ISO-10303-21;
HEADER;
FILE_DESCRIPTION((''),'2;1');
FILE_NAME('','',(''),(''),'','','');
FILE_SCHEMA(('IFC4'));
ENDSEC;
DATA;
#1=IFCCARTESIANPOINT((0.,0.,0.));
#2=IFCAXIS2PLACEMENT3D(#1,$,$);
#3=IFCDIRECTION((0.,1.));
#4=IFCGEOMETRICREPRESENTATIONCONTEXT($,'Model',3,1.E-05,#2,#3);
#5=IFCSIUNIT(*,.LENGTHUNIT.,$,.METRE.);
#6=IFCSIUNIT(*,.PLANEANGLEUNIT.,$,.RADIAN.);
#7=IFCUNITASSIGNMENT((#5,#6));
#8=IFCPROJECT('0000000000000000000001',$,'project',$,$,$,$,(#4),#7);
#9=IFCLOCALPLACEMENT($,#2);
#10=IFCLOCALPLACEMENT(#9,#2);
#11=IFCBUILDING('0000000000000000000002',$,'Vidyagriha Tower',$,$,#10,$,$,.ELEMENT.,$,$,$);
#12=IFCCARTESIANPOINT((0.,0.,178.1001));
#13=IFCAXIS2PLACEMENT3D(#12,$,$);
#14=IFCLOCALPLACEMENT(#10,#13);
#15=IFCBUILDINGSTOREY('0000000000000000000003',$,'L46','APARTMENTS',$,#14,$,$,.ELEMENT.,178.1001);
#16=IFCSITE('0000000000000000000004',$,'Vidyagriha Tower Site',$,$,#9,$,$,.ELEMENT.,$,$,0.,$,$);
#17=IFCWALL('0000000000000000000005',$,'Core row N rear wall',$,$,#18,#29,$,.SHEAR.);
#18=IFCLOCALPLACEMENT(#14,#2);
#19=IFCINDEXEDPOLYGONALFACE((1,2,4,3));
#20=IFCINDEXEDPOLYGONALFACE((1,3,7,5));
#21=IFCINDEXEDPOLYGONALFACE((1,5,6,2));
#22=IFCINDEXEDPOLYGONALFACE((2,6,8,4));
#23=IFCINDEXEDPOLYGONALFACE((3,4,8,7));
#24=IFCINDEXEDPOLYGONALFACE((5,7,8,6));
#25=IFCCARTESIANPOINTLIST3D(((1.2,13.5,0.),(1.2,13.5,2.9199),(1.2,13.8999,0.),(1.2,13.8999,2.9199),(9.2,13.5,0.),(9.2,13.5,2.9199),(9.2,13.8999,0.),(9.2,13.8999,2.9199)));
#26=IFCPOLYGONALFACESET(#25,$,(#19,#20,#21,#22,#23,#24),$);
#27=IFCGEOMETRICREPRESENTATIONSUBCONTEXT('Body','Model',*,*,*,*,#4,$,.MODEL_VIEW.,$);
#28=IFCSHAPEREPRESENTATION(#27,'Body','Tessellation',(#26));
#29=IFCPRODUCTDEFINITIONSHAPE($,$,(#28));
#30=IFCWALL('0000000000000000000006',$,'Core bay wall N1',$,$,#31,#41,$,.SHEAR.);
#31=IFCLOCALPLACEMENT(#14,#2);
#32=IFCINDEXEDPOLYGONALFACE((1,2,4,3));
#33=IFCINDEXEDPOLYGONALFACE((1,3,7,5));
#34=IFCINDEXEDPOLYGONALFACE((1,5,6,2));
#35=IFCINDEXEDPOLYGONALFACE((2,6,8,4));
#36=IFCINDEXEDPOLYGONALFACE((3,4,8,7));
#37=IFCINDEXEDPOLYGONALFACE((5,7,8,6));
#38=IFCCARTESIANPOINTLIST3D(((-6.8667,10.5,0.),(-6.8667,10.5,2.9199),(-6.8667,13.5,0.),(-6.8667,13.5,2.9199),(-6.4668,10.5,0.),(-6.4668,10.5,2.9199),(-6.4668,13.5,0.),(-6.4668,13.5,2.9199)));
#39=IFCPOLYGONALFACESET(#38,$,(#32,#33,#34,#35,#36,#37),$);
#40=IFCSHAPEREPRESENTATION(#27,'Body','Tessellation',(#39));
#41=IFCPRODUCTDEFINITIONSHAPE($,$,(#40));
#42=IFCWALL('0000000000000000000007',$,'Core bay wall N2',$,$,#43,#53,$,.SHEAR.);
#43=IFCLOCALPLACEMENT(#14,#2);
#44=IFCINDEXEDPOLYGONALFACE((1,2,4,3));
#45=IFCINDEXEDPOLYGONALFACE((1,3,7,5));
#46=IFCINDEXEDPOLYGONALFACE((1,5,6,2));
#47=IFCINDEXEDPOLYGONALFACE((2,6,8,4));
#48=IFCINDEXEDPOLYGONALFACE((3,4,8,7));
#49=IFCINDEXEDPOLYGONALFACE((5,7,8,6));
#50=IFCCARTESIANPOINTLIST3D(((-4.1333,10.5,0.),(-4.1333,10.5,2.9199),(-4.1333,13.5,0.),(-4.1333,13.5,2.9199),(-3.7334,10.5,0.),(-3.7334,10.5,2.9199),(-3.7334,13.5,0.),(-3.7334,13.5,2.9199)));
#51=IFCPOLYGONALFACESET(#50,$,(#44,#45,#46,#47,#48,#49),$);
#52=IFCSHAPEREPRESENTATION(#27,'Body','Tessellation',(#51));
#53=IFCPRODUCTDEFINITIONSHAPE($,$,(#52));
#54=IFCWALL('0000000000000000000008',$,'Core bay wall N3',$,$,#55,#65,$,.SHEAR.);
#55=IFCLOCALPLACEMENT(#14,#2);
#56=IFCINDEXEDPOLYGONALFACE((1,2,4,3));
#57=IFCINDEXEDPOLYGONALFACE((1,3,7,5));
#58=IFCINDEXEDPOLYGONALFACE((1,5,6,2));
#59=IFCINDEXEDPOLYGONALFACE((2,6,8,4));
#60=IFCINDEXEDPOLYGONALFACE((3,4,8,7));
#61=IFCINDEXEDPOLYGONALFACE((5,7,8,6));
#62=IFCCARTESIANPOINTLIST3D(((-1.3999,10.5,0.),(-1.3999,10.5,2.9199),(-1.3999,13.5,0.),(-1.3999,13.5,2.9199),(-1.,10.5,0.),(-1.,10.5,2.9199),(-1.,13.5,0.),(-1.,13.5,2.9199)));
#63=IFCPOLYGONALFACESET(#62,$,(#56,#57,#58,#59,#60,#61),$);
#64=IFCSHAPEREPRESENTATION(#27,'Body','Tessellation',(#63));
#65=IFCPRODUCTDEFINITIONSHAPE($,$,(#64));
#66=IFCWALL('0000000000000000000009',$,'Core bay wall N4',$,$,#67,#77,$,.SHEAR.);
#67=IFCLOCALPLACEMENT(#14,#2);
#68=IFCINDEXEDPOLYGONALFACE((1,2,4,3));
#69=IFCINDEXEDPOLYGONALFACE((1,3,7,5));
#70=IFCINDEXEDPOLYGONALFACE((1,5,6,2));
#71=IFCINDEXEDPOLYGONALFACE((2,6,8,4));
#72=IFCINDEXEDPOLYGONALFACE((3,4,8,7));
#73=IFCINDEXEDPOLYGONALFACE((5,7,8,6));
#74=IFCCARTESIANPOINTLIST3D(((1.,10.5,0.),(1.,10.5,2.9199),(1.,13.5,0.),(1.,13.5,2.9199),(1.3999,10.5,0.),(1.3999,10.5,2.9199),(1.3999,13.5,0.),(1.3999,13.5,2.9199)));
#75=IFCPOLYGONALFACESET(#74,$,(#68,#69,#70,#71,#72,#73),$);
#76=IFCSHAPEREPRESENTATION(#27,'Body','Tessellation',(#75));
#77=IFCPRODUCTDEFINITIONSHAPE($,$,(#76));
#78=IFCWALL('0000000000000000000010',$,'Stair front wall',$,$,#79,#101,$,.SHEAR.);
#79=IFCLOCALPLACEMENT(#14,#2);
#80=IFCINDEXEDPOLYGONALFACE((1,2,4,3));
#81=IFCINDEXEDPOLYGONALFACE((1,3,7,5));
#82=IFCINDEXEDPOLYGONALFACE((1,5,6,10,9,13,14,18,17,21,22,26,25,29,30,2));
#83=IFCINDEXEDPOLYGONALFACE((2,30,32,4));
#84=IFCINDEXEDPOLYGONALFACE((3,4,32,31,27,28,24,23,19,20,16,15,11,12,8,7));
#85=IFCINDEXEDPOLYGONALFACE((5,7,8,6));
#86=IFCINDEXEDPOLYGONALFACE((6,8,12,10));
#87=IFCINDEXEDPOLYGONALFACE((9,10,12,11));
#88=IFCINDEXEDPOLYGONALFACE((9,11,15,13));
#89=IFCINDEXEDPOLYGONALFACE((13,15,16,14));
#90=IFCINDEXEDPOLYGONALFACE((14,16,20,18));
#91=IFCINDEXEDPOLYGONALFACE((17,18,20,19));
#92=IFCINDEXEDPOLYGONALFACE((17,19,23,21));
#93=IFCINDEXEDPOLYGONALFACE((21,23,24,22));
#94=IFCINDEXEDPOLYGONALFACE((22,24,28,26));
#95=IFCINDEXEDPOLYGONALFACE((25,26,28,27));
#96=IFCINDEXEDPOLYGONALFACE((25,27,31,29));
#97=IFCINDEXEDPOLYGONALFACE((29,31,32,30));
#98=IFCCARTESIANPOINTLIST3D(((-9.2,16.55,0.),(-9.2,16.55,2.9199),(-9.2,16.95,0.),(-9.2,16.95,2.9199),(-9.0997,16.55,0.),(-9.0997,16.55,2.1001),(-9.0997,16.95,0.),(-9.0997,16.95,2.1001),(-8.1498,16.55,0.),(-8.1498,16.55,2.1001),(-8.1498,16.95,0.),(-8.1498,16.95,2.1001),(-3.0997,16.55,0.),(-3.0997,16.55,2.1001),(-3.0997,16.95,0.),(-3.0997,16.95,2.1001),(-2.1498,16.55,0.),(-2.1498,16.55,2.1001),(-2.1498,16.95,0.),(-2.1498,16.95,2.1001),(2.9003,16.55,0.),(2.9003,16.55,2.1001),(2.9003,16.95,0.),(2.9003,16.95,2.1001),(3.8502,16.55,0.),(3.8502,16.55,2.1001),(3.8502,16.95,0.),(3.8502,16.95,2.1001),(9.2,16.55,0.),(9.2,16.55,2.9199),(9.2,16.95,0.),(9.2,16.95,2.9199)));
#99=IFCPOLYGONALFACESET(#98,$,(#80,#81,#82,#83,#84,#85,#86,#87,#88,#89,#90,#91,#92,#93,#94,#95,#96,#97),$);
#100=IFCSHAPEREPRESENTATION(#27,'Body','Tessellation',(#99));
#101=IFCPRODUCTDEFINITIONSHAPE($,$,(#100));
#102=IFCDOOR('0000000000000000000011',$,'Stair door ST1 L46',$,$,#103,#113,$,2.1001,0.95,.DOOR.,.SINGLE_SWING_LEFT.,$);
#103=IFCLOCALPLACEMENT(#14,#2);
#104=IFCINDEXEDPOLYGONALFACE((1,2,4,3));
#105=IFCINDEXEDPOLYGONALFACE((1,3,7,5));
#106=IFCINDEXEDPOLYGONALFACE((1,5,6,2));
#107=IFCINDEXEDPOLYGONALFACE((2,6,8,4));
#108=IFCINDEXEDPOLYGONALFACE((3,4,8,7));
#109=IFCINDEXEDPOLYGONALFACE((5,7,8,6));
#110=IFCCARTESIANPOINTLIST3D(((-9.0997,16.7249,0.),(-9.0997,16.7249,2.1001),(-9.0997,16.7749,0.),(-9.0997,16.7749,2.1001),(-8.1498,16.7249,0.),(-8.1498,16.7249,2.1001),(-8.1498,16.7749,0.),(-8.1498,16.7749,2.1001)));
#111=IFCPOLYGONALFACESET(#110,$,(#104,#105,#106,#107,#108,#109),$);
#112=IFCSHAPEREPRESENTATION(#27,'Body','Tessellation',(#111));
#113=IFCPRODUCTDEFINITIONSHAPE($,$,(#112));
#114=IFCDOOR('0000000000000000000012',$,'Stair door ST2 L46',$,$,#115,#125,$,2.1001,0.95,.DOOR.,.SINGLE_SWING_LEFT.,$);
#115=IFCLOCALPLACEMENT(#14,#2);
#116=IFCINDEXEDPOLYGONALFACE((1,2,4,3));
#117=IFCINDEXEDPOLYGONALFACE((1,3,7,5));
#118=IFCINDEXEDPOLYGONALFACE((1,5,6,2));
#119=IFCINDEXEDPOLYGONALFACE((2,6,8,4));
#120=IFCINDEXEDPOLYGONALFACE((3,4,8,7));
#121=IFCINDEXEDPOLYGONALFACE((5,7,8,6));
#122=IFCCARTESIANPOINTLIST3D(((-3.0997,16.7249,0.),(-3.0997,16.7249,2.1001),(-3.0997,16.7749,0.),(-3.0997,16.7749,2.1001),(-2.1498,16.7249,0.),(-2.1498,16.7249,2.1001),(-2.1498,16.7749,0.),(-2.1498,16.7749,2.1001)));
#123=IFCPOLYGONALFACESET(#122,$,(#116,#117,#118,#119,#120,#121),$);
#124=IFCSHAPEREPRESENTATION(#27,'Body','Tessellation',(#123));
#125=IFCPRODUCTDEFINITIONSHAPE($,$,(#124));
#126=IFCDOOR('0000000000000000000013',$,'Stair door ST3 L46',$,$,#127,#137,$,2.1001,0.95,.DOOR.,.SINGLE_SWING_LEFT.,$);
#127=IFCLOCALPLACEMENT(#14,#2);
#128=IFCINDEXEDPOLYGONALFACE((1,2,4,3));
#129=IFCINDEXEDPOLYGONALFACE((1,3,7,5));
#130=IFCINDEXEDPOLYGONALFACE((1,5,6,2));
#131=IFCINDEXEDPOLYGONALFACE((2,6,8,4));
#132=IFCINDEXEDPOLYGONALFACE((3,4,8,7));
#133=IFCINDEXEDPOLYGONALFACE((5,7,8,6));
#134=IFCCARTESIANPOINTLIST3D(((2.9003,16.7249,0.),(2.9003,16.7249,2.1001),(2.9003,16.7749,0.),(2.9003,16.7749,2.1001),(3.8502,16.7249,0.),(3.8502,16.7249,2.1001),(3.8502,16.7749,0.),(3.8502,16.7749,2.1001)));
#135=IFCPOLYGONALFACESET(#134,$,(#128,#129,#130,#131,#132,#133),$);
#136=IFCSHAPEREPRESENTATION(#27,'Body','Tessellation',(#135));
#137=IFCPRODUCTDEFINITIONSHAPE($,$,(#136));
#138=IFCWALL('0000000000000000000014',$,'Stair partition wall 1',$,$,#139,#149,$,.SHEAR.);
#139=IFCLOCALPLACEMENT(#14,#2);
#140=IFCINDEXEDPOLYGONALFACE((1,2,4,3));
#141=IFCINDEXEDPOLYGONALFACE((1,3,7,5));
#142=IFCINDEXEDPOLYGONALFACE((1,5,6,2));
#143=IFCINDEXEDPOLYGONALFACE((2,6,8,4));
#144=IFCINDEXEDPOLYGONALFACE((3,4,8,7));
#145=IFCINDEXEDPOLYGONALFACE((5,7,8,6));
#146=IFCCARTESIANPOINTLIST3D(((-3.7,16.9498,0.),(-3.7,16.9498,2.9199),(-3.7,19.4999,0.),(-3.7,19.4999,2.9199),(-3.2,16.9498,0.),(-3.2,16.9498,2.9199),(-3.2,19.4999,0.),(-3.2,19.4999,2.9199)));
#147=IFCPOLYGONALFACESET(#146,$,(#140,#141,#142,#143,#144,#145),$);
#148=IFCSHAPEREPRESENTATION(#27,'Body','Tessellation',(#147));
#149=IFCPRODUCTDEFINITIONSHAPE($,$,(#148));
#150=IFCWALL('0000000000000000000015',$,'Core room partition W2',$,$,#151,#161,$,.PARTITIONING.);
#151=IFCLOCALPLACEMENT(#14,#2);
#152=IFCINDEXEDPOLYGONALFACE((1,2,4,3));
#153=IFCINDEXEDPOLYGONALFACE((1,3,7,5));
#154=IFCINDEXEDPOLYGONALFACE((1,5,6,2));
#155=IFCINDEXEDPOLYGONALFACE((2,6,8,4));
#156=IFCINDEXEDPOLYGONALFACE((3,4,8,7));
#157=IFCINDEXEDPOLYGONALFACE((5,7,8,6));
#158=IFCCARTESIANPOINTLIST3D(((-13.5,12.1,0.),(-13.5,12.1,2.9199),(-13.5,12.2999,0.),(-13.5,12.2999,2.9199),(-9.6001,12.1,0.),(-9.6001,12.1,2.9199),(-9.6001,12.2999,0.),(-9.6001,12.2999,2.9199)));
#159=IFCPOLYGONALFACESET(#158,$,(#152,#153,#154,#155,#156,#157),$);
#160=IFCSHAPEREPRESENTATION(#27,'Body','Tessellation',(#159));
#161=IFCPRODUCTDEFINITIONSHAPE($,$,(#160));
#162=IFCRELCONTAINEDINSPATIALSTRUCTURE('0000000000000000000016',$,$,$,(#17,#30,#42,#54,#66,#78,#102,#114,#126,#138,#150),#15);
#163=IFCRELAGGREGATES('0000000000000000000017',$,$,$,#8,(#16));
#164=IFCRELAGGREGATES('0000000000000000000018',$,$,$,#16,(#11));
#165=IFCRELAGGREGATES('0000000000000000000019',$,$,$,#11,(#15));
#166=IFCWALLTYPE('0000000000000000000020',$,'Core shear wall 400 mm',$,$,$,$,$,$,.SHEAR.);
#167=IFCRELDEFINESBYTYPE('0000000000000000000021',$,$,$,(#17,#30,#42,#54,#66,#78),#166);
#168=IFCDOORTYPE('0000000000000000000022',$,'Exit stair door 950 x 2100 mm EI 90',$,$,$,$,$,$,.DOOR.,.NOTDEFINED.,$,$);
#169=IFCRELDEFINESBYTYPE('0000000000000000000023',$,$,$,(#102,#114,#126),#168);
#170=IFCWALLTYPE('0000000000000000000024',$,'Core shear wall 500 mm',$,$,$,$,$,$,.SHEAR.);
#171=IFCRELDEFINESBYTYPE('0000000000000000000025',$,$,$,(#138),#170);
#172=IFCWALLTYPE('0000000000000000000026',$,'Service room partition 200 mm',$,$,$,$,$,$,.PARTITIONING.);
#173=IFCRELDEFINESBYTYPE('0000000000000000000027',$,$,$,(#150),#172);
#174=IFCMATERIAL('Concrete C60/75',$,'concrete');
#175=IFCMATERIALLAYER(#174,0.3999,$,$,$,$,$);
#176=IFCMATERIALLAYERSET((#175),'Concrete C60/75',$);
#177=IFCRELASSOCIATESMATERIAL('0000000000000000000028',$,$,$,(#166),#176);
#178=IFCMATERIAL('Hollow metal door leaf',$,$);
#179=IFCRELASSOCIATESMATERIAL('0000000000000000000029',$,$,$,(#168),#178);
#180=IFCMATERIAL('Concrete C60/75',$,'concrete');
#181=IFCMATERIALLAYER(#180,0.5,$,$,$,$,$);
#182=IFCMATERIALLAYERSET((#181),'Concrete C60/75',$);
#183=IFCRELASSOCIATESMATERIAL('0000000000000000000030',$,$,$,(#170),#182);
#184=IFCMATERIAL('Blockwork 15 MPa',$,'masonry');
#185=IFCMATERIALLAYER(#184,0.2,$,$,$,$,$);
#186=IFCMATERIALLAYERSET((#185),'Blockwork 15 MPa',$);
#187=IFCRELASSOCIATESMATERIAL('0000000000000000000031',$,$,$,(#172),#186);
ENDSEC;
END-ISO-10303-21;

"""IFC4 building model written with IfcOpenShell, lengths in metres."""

from ifc_helpers import new_model, si_unit, direction, frame, frame_2d, origin, place, context, subcontext, project, spatial, rectangle, extrude, material, layer, layer_set, type_object, element, fill, save


model = new_model("IFC4")

# Units and contexts
model_context = context("Model", 3, precision=1e-05, world=origin(), true_north=direction((0.0, 1.0)))
body_context = subcontext(model_context, "Body", "Model", "MODEL_VIEW")
ifc_project = project(units=[si_unit("LENGTHUNIT", "METRE"), si_unit("PLANEANGLEUNIT", "RADIAN")], contexts=[model_context])

# Site, building, storey
site_placement = place(None, origin())
site = spatial("IfcSite", under=ifc_project, at=site_placement, Name="Vidyagriha Tower Site", CompositionType="ELEMENT", RefElevation=0.0)
building_placement = place(site_placement, origin())
building = spatial("IfcBuilding", under=site, at=building_placement, Name="Vidyagriha Tower", CompositionType="ELEMENT")
storey_placement = place(building_placement, frame((0.0, 0.0, 178.1001)))
storey = spatial("IfcBuildingStorey", under=building, at=storey_placement, Name="L46", Description="APARTMENTS", CompositionType="ELEMENT", Elevation=178.1001)

# Shared definitions
ifc_material_1 = material(Name="Concrete C60/75", Category="concrete")
ifc_layer_1 = layer(ifc_material_1, 0.3999)
ifc_layer_set_1 = layer_set([ifc_layer_1], Name="Concrete C60/75")
wall_type_1 = type_object("IfcWallType", Name="Core shear wall 400 mm", PredefinedType="SHEAR", material=ifc_layer_set_1)

# Walls
wall_1_placement = place(storey_placement, frame((1.2, 13.7, 0.0)))
element("IfcWall", 1, at=wall_1_placement, inside=storey, type_object=wall_type_1, Name="Core row N rear wall", PredefinedType="SHEAR", context=body_context, shape_type="SweptSolid", body=[
    extrude(rectangle(XDim=8.0, YDim=0.3999, at=frame_2d((4.0, 0.0))), origin(), (0.0, 0.0, 1.0), 2.9199),
])
for number, where, z_axis, x_axis, name in (
    (2, (-6.6667, 10.5, 0.0), (0.0, 0.0, 1.0), (0.0, 1.0, 0.0), "Core bay wall N1"),
    (3, (-3.9333, 10.5, 0.0), (0.0, 0.0, 1.0), (0.0, 1.0, 0.0), "Core bay wall N2"),
    (4, (-1.2, 10.5, 0.0), (0.0, 0.0, 1.0), (0.0, 1.0, 0.0), "Core bay wall N3"),
    (5, (1.2, 10.5, 0.0), (0.0, 0.0, 1.0), (0.0, 1.0, 0.0), "Core bay wall N4"),
):
    element("IfcWall", number, at=place(storey_placement, frame(where, z_axis=z_axis, x_axis=x_axis)), inside=storey, type_object=wall_type_1, Name=name, PredefinedType="SHEAR", context=body_context, shape_type="SweptSolid", body=[
        extrude(rectangle(XDim=3.0, YDim=0.3999, at=frame_2d((1.5, 0.0))), origin(), (0.0, 0.0, 1.0), 2.9199),
    ])

# Wall, openings, doors
wall_2_placement = place(storey_placement, frame((-9.2, 16.75, 0.0)))
wall_2 = element("IfcWall", 6, at=wall_2_placement, inside=storey, type_object=wall_type_1, Name="Stair front wall", PredefinedType="SHEAR", context=body_context, shape_type="SweptSolid", body=[
    extrude(rectangle(XDim=18.3999, YDim=0.3999, at=frame_2d((9.2, 0.0))), origin(), (0.0, 0.0, 1.0), 2.9199),
])
opening_1_placement = place(wall_2_placement, frame((0.1001, 0.0, 0.0)))
opening_1 = element("IfcOpeningElement", 7, at=opening_1_placement, cuts=wall_2, PredefinedType="OPENING", context=body_context, shape_type="SweptSolid", body=[
    extrude(rectangle(XDim=0.95, YDim=2.1001, at=frame_2d((0.4751, 1.05))), frame((0.0, 0.21, 0.0), z_axis=(0.0, -1.0, 0.0), x_axis=(1.0, 0.0, 0.0)), (0.0, 0.0, 1.0), 0.4199),
])
opening_2_placement = place(wall_2_placement, frame((6.1001, 0.0, 0.0)))
opening_2 = element("IfcOpeningElement", 8, at=opening_2_placement, cuts=wall_2, PredefinedType="OPENING", context=body_context, shape_type="SweptSolid", body=[
    extrude(rectangle(XDim=0.95, YDim=2.1001, at=frame_2d((0.4751, 1.05))), frame((0.0, 0.21, 0.0), z_axis=(0.0, -1.0, 0.0), x_axis=(1.0, 0.0, 0.0)), (0.0, 0.0, 1.0), 0.4199),
])
opening_3_placement = place(wall_2_placement, frame((12.1001, 0.0, 0.0)))
opening_3 = element("IfcOpeningElement", 9, at=opening_3_placement, cuts=wall_2, PredefinedType="OPENING", context=body_context, shape_type="SweptSolid", body=[
    extrude(rectangle(XDim=0.95, YDim=2.1001, at=frame_2d((0.4751, 1.05))), frame((0.0, 0.21, 0.0), z_axis=(0.0, -1.0, 0.0), x_axis=(1.0, 0.0, 0.0)), (0.0, 0.0, 1.0), 0.4199),
])
ifc_material_2 = material(Name="Hollow metal door leaf")
door_type_1 = type_object("IfcDoorType", Name="Exit stair door 950 x 2100 mm EI 90", OperationType="NOTDEFINED", PredefinedType="DOOR", material=ifc_material_2)
door_1_placement = place(opening_1_placement, origin())
door_1 = element("IfcDoor", 10, at=door_1_placement, inside=storey, type_object=door_type_1, Name="Stair door ST1 L46", OperationType="SINGLE_SWING_LEFT", OverallHeight=2.1001, OverallWidth=0.95, PredefinedType="DOOR", context=body_context, shape_type="SweptSolid", body=[
    extrude(rectangle(XDim=0.95, YDim=2.1001, at=frame_2d((0.4751, 1.05))), frame((0.0, 0.0249, 0.0), z_axis=(0.0, -1.0, 0.0), x_axis=(1.0, 0.0, 0.0)), (0.0, 0.0, 1.0), 0.05),
])
fill(opening_1, door_1)
door_2_placement = place(opening_2_placement, origin())
door_2 = element("IfcDoor", 11, at=door_2_placement, inside=storey, type_object=door_type_1, Name="Stair door ST2 L46", OperationType="SINGLE_SWING_LEFT", OverallHeight=2.1001, OverallWidth=0.95, PredefinedType="DOOR", context=body_context, shape_type="SweptSolid", body=[
    extrude(rectangle(XDim=0.95, YDim=2.1001, at=frame_2d((0.4751, 1.05))), frame((0.0, 0.0249, 0.0), z_axis=(0.0, -1.0, 0.0), x_axis=(1.0, 0.0, 0.0)), (0.0, 0.0, 1.0), 0.05),
])
fill(opening_2, door_2)
door_3_placement = place(opening_3_placement, origin())
door_3 = element("IfcDoor", 12, at=door_3_placement, inside=storey, type_object=door_type_1, Name="Stair door ST3 L46", OperationType="SINGLE_SWING_LEFT", OverallHeight=2.1001, OverallWidth=0.95, PredefinedType="DOOR", context=body_context, shape_type="SweptSolid", body=[
    extrude(rectangle(XDim=0.95, YDim=2.1001, at=frame_2d((0.4751, 1.05))), frame((0.0, 0.0249, 0.0), z_axis=(0.0, -1.0, 0.0), x_axis=(1.0, 0.0, 0.0)), (0.0, 0.0, 1.0), 0.05),
])
fill(opening_3, door_3)

# Walls
ifc_material_3 = material(Name="Concrete C60/75", Category="concrete")
ifc_layer_2 = layer(ifc_material_3, 0.5)
ifc_layer_set_2 = layer_set([ifc_layer_2], Name="Concrete C60/75")
wall_type_2 = type_object("IfcWallType", Name="Core shear wall 500 mm", PredefinedType="SHEAR", material=ifc_layer_set_2)
wall_3_placement = place(storey_placement, frame((-3.45, 16.95, 0.0), z_axis=(0.0, 0.0, 1.0), x_axis=(0.0, 1.0, 0.0)))
element("IfcWall", 13, at=wall_3_placement, inside=storey, type_object=wall_type_2, Name="Stair partition wall 1", PredefinedType="SHEAR", context=body_context, shape_type="SweptSolid", body=[
    extrude(rectangle(XDim=2.55, YDim=0.5, at=frame_2d((1.2749, 0.0))), origin(), (0.0, 0.0, 1.0), 2.9199),
])
ifc_material_4 = material(Name="Blockwork 15 MPa", Category="masonry")
ifc_layer_3 = layer(ifc_material_4, 0.2)
ifc_layer_set_3 = layer_set([ifc_layer_3], Name="Blockwork 15 MPa")
wall_type_3 = type_object("IfcWallType", Name="Service room partition 200 mm", PredefinedType="PARTITIONING", material=ifc_layer_set_3)
wall_4_placement = place(storey_placement, frame((-13.5, 12.2, 0.0)))
element("IfcWall", 14, at=wall_4_placement, inside=storey, type_object=wall_type_3, Name="Core room partition W2", PredefinedType="PARTITIONING", context=body_context, shape_type="SweptSolid", body=[
    extrude(rectangle(XDim=3.8999, YDim=0.2, at=frame_2d((1.95, 0.0))), origin(), (0.0, 0.0, 1.0), 2.9199),
])

save(model, "model.ifc")
